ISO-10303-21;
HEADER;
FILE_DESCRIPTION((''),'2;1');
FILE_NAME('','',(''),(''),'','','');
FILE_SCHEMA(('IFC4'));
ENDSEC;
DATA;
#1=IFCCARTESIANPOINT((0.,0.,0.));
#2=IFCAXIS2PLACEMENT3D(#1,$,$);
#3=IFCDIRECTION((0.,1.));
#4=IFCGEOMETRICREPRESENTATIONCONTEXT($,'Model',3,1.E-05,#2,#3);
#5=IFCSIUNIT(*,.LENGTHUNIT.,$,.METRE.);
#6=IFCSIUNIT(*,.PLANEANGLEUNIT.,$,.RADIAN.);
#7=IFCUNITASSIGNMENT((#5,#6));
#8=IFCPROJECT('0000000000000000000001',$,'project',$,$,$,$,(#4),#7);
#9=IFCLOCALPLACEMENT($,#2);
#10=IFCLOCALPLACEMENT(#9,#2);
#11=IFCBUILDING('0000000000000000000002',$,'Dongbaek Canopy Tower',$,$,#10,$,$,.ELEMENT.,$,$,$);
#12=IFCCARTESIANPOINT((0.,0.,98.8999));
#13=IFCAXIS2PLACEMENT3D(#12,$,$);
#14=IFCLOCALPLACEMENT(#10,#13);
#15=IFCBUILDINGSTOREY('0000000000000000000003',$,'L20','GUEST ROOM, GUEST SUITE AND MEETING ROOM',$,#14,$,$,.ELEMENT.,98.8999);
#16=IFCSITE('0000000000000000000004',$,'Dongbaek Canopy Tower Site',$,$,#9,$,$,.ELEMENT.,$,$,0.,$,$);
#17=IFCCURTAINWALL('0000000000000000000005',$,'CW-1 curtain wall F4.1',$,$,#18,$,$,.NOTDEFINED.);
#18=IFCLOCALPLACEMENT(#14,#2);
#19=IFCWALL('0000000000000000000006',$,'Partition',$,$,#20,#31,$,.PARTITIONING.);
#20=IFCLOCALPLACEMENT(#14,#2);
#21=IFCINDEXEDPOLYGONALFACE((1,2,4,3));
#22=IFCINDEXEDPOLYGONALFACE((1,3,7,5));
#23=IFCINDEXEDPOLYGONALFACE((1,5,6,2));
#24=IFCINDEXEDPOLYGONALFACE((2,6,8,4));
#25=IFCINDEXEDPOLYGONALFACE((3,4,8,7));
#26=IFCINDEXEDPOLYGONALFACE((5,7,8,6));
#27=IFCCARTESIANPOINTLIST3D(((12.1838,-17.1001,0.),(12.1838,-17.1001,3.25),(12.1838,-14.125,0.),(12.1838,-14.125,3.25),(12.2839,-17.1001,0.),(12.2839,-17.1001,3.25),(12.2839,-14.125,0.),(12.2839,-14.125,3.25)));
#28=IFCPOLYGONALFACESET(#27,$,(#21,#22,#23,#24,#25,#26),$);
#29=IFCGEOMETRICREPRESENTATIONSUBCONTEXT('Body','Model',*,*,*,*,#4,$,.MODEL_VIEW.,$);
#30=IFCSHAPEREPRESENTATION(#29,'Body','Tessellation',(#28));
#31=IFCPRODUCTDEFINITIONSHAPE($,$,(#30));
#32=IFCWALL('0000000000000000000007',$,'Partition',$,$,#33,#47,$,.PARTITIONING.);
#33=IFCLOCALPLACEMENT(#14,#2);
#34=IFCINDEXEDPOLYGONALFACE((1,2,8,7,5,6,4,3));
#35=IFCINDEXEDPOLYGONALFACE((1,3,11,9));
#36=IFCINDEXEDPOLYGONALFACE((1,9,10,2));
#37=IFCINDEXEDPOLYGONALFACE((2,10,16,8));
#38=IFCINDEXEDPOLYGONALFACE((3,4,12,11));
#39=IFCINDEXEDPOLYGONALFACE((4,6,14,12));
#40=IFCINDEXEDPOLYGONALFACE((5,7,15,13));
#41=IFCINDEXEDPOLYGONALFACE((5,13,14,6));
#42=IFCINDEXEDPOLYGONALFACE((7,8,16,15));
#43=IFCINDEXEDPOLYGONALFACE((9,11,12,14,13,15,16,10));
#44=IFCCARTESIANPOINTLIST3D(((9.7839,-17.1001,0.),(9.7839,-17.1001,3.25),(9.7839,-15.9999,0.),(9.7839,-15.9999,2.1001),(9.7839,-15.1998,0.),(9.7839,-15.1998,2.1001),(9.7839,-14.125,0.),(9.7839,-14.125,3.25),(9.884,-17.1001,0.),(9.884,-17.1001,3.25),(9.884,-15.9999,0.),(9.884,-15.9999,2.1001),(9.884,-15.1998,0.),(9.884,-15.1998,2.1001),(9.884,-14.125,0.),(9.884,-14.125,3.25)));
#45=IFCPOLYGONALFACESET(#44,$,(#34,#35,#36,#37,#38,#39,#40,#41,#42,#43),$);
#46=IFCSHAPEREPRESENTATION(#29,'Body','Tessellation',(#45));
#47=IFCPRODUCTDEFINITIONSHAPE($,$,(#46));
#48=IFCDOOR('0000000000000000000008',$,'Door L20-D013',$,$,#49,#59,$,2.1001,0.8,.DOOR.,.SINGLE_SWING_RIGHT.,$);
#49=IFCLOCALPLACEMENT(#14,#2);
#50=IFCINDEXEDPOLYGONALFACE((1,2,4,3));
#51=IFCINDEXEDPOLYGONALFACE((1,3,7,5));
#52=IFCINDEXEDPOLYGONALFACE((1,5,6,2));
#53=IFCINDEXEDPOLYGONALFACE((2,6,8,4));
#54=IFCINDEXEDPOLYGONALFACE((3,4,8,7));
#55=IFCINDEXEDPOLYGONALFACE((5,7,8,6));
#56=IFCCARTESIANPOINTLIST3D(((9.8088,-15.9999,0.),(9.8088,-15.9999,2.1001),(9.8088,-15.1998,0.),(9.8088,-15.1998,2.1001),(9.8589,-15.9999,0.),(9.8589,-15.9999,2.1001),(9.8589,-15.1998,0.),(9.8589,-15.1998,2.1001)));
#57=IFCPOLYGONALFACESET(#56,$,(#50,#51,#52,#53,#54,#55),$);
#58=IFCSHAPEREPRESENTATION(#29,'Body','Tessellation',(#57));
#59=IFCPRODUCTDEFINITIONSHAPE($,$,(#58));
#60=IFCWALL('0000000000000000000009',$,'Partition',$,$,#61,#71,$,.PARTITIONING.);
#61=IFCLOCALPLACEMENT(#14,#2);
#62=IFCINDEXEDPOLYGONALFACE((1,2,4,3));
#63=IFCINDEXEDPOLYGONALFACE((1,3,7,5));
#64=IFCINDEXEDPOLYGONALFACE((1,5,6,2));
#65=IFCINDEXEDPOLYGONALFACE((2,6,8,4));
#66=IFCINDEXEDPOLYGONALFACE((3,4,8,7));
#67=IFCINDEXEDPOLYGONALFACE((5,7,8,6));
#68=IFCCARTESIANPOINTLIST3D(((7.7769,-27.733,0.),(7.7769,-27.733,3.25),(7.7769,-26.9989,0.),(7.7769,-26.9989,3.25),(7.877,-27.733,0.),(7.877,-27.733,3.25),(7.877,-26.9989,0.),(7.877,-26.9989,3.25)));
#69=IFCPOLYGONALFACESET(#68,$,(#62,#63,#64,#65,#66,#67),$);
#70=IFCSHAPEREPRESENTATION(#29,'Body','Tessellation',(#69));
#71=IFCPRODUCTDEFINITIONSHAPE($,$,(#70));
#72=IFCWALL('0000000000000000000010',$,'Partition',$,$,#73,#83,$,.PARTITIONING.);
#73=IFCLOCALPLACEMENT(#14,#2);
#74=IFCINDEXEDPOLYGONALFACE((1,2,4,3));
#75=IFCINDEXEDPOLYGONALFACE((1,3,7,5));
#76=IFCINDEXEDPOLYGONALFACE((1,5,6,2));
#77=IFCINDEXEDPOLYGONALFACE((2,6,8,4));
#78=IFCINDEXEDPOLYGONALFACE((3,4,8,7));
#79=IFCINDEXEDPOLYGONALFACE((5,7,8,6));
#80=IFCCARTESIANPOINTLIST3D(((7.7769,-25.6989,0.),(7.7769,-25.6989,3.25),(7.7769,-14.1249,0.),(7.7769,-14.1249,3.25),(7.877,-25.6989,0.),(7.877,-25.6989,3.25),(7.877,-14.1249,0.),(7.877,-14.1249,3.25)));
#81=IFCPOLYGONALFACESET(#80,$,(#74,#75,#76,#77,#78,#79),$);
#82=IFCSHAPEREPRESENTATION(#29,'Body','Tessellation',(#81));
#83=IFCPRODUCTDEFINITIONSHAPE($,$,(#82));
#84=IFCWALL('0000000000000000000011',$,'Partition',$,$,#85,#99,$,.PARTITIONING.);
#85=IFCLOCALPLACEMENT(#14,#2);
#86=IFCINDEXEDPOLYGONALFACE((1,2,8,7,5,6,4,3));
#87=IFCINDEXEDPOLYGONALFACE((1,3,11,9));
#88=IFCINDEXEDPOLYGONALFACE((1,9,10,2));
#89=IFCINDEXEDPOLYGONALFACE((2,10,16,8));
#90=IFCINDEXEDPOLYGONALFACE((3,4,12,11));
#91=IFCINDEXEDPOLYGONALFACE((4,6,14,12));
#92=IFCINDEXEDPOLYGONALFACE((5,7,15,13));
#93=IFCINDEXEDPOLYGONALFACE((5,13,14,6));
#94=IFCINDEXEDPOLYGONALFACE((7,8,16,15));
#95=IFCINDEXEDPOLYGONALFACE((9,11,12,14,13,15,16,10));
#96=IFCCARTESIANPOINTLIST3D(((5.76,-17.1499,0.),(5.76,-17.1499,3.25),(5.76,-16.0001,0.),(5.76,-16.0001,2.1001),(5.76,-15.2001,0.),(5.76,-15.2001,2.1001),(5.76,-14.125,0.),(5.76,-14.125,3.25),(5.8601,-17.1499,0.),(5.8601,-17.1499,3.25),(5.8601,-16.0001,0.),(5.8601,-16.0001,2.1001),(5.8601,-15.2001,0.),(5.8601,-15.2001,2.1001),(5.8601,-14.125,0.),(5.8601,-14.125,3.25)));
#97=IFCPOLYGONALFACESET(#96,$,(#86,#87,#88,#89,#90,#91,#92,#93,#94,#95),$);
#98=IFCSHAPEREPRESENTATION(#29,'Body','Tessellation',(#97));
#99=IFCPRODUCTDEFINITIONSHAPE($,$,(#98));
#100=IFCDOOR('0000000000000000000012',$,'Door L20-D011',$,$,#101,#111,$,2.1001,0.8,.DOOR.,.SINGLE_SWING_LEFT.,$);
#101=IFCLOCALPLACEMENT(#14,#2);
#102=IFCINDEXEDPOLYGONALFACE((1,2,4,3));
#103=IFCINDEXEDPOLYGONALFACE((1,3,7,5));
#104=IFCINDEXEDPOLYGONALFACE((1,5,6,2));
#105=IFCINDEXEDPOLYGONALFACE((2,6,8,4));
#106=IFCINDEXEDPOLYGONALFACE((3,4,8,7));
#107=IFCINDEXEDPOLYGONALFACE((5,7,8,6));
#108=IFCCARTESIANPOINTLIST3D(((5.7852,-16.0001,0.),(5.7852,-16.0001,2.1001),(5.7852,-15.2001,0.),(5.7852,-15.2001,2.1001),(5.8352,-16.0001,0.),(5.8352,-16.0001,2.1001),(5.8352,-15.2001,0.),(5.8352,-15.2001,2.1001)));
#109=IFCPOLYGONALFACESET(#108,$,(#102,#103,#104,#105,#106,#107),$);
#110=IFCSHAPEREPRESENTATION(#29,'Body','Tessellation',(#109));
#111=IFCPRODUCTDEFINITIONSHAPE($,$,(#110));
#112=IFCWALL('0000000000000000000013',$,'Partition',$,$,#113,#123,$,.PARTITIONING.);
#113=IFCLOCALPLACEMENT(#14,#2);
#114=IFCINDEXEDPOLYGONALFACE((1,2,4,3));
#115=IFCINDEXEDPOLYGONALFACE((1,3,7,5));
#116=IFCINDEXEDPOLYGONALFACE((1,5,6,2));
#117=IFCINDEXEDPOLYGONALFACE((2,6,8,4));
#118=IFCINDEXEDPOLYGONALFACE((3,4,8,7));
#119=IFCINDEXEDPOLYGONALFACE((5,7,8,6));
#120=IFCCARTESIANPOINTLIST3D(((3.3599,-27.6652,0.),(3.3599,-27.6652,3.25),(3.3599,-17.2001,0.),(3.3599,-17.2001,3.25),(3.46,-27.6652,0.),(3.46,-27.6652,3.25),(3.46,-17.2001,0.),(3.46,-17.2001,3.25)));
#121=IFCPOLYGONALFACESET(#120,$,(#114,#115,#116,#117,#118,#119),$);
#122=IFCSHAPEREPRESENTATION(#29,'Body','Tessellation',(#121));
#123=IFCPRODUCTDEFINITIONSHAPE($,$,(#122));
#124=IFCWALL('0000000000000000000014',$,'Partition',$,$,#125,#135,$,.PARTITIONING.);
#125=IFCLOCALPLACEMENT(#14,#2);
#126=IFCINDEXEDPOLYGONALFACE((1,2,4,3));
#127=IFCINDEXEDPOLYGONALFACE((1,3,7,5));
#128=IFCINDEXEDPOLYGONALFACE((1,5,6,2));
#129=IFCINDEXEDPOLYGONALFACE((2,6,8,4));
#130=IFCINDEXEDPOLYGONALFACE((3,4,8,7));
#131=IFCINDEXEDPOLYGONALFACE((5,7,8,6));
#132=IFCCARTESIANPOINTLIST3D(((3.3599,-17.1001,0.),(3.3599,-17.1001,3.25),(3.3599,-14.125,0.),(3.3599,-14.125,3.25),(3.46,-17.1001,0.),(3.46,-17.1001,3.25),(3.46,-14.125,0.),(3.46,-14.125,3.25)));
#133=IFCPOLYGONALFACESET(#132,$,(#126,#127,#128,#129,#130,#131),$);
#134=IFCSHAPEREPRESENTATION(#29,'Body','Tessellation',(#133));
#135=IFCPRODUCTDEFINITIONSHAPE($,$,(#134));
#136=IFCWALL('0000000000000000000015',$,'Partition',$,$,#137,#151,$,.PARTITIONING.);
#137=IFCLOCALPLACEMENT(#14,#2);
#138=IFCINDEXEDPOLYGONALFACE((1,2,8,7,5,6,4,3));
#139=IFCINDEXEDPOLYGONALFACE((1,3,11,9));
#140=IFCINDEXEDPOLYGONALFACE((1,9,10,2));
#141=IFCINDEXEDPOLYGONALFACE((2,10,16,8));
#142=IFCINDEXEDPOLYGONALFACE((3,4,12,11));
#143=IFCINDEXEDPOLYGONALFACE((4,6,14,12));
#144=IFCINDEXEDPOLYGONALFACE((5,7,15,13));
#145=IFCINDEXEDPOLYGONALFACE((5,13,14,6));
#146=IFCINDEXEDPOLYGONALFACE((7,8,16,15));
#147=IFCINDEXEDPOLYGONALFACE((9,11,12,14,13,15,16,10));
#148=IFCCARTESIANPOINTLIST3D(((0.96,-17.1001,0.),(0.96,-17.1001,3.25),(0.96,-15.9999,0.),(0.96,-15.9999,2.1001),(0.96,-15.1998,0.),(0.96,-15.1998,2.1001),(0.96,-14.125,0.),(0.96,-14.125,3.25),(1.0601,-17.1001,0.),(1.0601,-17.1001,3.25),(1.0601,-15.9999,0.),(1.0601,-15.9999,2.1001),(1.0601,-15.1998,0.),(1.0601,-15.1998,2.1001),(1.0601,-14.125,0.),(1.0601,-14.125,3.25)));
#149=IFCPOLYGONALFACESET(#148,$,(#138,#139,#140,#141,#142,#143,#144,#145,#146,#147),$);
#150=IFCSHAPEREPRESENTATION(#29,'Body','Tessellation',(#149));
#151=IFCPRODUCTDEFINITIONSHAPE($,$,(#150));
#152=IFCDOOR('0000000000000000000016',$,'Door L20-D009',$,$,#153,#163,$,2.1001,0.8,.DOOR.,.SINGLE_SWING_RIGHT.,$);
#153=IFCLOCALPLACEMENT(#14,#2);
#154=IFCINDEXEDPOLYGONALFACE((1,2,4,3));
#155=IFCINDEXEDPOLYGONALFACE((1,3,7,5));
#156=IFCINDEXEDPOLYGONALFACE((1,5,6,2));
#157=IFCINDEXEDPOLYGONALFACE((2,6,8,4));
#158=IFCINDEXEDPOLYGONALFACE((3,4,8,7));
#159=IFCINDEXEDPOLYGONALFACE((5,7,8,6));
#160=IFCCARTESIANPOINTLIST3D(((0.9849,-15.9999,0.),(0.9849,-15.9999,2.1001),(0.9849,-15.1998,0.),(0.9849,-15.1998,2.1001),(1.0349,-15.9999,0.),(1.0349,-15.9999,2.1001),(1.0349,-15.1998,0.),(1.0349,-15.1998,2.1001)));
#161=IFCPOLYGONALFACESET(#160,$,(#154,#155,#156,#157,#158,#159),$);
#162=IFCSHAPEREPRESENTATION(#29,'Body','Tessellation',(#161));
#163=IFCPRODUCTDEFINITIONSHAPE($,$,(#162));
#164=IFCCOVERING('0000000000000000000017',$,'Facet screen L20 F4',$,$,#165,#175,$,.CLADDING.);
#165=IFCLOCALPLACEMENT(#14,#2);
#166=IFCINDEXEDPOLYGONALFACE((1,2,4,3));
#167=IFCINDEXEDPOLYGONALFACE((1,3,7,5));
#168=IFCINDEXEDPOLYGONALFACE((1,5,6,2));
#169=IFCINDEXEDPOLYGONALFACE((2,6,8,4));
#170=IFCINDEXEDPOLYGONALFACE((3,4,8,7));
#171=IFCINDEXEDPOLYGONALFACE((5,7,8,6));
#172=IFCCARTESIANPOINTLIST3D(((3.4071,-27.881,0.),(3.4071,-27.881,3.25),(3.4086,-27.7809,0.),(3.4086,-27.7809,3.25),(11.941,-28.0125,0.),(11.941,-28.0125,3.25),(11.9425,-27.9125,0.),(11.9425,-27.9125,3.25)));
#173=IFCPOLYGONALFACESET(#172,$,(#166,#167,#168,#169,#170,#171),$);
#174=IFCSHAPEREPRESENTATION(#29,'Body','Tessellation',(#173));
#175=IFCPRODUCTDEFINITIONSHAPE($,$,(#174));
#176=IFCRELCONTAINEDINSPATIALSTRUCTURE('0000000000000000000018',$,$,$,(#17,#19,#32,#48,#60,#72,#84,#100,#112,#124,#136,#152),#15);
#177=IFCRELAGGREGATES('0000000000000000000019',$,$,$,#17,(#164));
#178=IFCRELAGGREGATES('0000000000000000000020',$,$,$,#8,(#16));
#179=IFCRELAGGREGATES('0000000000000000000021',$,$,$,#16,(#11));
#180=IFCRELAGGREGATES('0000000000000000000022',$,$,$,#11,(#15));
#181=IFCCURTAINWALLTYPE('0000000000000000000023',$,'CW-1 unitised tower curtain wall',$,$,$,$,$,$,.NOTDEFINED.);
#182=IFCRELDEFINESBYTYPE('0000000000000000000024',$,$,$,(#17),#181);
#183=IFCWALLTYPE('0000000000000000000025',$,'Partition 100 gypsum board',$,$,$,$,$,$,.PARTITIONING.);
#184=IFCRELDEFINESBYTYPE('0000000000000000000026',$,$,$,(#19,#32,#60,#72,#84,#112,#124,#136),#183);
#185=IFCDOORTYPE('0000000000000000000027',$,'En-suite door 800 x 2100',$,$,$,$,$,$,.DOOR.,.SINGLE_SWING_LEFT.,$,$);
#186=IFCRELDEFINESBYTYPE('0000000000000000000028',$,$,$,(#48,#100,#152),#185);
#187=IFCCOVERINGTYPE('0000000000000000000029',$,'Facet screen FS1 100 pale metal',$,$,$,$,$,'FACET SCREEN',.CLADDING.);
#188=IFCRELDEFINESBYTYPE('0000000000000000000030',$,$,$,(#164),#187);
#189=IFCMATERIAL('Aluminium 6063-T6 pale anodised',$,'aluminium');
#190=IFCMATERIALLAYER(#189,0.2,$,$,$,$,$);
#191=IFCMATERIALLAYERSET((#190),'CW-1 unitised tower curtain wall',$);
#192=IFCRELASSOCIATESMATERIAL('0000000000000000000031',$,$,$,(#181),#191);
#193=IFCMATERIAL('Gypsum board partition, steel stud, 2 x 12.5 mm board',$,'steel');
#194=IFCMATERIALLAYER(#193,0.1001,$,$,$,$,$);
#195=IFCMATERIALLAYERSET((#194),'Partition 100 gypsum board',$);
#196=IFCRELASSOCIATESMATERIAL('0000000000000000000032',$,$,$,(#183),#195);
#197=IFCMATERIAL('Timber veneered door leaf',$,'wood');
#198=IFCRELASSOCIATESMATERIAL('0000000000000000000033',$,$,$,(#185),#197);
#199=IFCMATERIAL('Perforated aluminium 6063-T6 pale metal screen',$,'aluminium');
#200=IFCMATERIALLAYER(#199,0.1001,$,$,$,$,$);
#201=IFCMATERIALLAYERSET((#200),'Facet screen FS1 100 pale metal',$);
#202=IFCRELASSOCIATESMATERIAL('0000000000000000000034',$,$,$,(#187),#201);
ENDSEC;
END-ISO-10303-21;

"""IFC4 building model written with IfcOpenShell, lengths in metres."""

from ifc_helpers import new_model, si_unit, direction, frame, frame_2d, origin, origin_2d, place, context, subcontext, project, spatial, rectangle, extrude, material, layer, layer_set, type_object, element, fill, aggregate, save


model = new_model("IFC4")

# Units and contexts
model_context = context("Model", 3, precision=1e-05, world=origin(), true_north=direction((0.0, 1.0)))
body_context = subcontext(model_context, "Body", "Model", "MODEL_VIEW")
ifc_project = project(units=[si_unit("LENGTHUNIT", "METRE"), si_unit("PLANEANGLEUNIT", "RADIAN")], contexts=[model_context])

# Site, building, storey
site_placement = place(None, origin())
site = spatial("IfcSite", under=ifc_project, at=site_placement, Name="Dongbaek Canopy Tower Site", CompositionType="ELEMENT", RefElevation=0.0)
building_placement = place(site_placement, origin())
building = spatial("IfcBuilding", under=site, at=building_placement, Name="Dongbaek Canopy Tower", CompositionType="ELEMENT")
storey_placement = place(building_placement, frame((0.0, 0.0, 98.8999)))
storey = spatial("IfcBuildingStorey", under=building, at=storey_placement, Name="L20", Description="GUEST ROOM, GUEST SUITE AND MEETING ROOM", CompositionType="ELEMENT", Elevation=98.8999)

# Curtain wall
ifc_material_1 = material(Name="Aluminium 6063-T6 pale anodised", Category="aluminium")
ifc_layer_1 = layer(ifc_material_1, 0.2)
ifc_layer_set_1 = layer_set([ifc_layer_1], Name="CW-1 unitised tower curtain wall")
curtain_wall_type = type_object("IfcCurtainWallType", Name="CW-1 unitised tower curtain wall", PredefinedType="NOTDEFINED", material=ifc_layer_set_1)
curtain_wall_placement = place(storey_placement, origin())
curtain_wall = element("IfcCurtainWall", 1, at=curtain_wall_placement, inside=storey, type_object=curtain_wall_type, Name="CW-1 curtain wall F4.1", PredefinedType="NOTDEFINED")

# Wall
ifc_material_2 = material(Name="Gypsum board partition, steel stud, 2 x 12.5 mm board", Category="steel")
ifc_layer_2 = layer(ifc_material_2, 0.1001)
ifc_layer_set_2 = layer_set([ifc_layer_2], Name="Partition 100 gypsum board")
wall_type_1 = type_object("IfcWallType", Name="Partition 100 gypsum board", PredefinedType="PARTITIONING", material=ifc_layer_set_2)
wall_1_placement = place(storey_placement, frame((12.2339, -17.1001, 0.0), z_axis=(0.0, 0.0, 1.0), x_axis=(0.0, 1.0, 0.0)))
element("IfcWall", 2, at=wall_1_placement, inside=storey, type_object=wall_type_1, Name="Partition", PredefinedType="PARTITIONING", context=body_context, shape_type="SweptSolid", body=[
    extrude(rectangle(XDim=2.9751, YDim=0.1001, at=frame_2d((1.4875, 0.0))), origin(), (0.0, 0.0, 1.0), 3.25),
])

# Wall, opening, door
wall_2_placement = place(storey_placement, frame((9.834, -14.125, 0.0), z_axis=(0.0, 0.0, 1.0), x_axis=(0.0, -1.0, 0.0)))
wall_2 = element("IfcWall", 3, at=wall_2_placement, inside=storey, type_object=wall_type_1, Name="Partition", PredefinedType="PARTITIONING", context=body_context, shape_type="SweptSolid", body=[
    extrude(rectangle(XDim=2.9751, YDim=0.1001, at=frame_2d((1.4875, 0.0))), origin(), (0.0, 0.0, 1.0), 3.25),
])
opening_1_placement = place(wall_2_placement, frame((1.075, 0.0, 0.0)))
opening_1 = element("IfcOpeningElement", 4, at=opening_1_placement, cuts=wall_2, PredefinedType="OPENING", context=body_context, shape_type="SweptSolid", body=[
    extrude(rectangle(XDim=0.8, YDim=2.1001, at=frame_2d((0.3999, 1.05))), frame((0.0, 0.0601, 0.0), z_axis=(0.0, -1.0, 0.0), x_axis=(1.0, 0.0, 0.0)), (0.0, 0.0, 1.0), 0.1201),
])
ifc_material_3 = material(Name="Timber veneered door leaf", Category="wood")
door_type = type_object("IfcDoorType", Name="En-suite door 800 x 2100", OperationType="SINGLE_SWING_LEFT", PredefinedType="DOOR", material=ifc_material_3)
door_1_placement = place(opening_1_placement, origin())
door_1 = element("IfcDoor", 5, at=door_1_placement, inside=storey, type_object=door_type, Name="Door L20-D013", OperationType="SINGLE_SWING_RIGHT", OverallHeight=2.1001, OverallWidth=0.8, PredefinedType="DOOR", context=body_context, shape_type="SweptSolid", body=[
    extrude(rectangle(XDim=0.8, YDim=2.1001, at=frame_2d((0.3999, 1.05))), frame((0.0, 0.0249, 0.0), z_axis=(0.0, -1.0, 0.0), x_axis=(1.0, 0.0, 0.0)), (0.0, 0.0, 1.0), 0.05),
])
fill(opening_1, door_1)

# Walls
wall_3_placement = place(storey_placement, frame((7.8269, -27.7332, 0.0), z_axis=(0.0, 0.0, 1.0), x_axis=(0.0, 1.0, 0.0)))
element("IfcWall", 6, at=wall_3_placement, inside=storey, type_object=wall_type_1, Name="Partition", PredefinedType="PARTITIONING", context=body_context, shape_type="SweptSolid", body=[
    extrude(rectangle(XDim=0.7341, YDim=0.1001, at=frame_2d((0.3672, 0.0))), origin(), (0.0, 0.0, 1.0), 3.25),
])
wall_4_placement = place(storey_placement, frame((7.8269, -25.699, 0.0), z_axis=(0.0, 0.0, 1.0), x_axis=(0.0, 1.0, 0.0)))
element("IfcWall", 7, at=wall_4_placement, inside=storey, type_object=wall_type_1, Name="Partition", PredefinedType="PARTITIONING", context=body_context, shape_type="SweptSolid", body=[
    extrude(rectangle(XDim=11.574, YDim=0.1001, at=frame_2d((5.7871, 0.0))), origin(), (0.0, 0.0, 1.0), 3.25),
])

# Wall, opening, door
wall_5_placement = place(storey_placement, frame((5.8101, -17.1499, 0.0), z_axis=(0.0, 0.0, 1.0), x_axis=(0.0, 1.0, 0.0)))
wall_5 = element("IfcWall", 8, at=wall_5_placement, inside=storey, type_object=wall_type_1, Name="Partition", PredefinedType="PARTITIONING", context=body_context, shape_type="SweptSolid", body=[
    extrude(rectangle(XDim=3.0249, YDim=0.1001, at=frame_2d((1.5125, 0.0))), origin(), (0.0, 0.0, 1.0), 3.25),
])
opening_2_placement = place(wall_5_placement, frame((1.1499, 0.0, 0.0)))
opening_2 = element("IfcOpeningElement", 9, at=opening_2_placement, cuts=wall_5, PredefinedType="OPENING", context=body_context, shape_type="SweptSolid", body=[
    extrude(rectangle(XDim=0.8, YDim=2.1001, at=frame_2d((0.3999, 1.05))), frame((0.0, 0.0601, 0.0), z_axis=(0.0, -1.0, 0.0), x_axis=(1.0, 0.0, 0.0)), (0.0, 0.0, 1.0), 0.1201),
])
door_2_placement = place(opening_2_placement, origin())
door_2 = element("IfcDoor", 10, at=door_2_placement, inside=storey, type_object=door_type, Name="Door L20-D011", OperationType="SINGLE_SWING_LEFT", OverallHeight=2.1001, OverallWidth=0.8, PredefinedType="DOOR", context=body_context, shape_type="SweptSolid", body=[
    extrude(rectangle(XDim=0.8, YDim=2.1001, at=frame_2d((0.3999, 1.05))), frame((0.0, 0.0249, 0.0), z_axis=(0.0, -1.0, 0.0), x_axis=(1.0, 0.0, 0.0)), (0.0, 0.0, 1.0), 0.05),
])
fill(opening_2, door_2)

# Walls
wall_6_placement = place(storey_placement, frame((3.4099, -27.665, 0.0), z_axis=(0.0, 0.0, 1.0), x_axis=(0.0, 1.0, 0.0)))
element("IfcWall", 11, at=wall_6_placement, inside=storey, type_object=wall_type_1, Name="Partition", PredefinedType="PARTITIONING", context=body_context, shape_type="SweptSolid", body=[
    extrude(rectangle(XDim=10.4651, YDim=0.1001, at=frame_2d((5.2324, 0.0))), origin(), (0.0, 0.0, 1.0), 3.25),
])
wall_7_placement = place(storey_placement, frame((3.4099, -17.1001, 0.0), z_axis=(0.0, 0.0, 1.0), x_axis=(0.0, 1.0, 0.0)))
element("IfcWall", 12, at=wall_7_placement, inside=storey, type_object=wall_type_1, Name="Partition", PredefinedType="PARTITIONING", context=body_context, shape_type="SweptSolid", body=[
    extrude(rectangle(XDim=2.9751, YDim=0.1001, at=frame_2d((1.4875, 0.0))), origin(), (0.0, 0.0, 1.0), 3.25),
])

# Wall, opening, door
wall_8_placement = place(storey_placement, frame((1.01, -14.125, 0.0), z_axis=(0.0, 0.0, 1.0), x_axis=(0.0, -1.0, 0.0)))
wall_8 = element("IfcWall", 13, at=wall_8_placement, inside=storey, type_object=wall_type_1, Name="Partition", PredefinedType="PARTITIONING", context=body_context, shape_type="SweptSolid", body=[
    extrude(rectangle(XDim=2.9751, YDim=0.1001, at=frame_2d((1.4875, 0.0))), origin(), (0.0, 0.0, 1.0), 3.25),
])
opening_3_placement = place(wall_8_placement, frame((1.075, 0.0, 0.0)))
opening_3 = element("IfcOpeningElement", 14, at=opening_3_placement, cuts=wall_8, PredefinedType="OPENING", context=body_context, shape_type="SweptSolid", body=[
    extrude(rectangle(XDim=0.8, YDim=2.1001, at=frame_2d((0.3999, 1.05))), frame((0.0, 0.0601, 0.0), z_axis=(0.0, -1.0, 0.0), x_axis=(1.0, 0.0, 0.0)), (0.0, 0.0, 1.0), 0.1201),
])
door_3_placement = place(opening_3_placement, origin())
door_3 = element("IfcDoor", 15, at=door_3_placement, inside=storey, type_object=door_type, Name="Door L20-D009", OperationType="SINGLE_SWING_RIGHT", OverallHeight=2.1001, OverallWidth=0.8, PredefinedType="DOOR", context=body_context, shape_type="SweptSolid", body=[
    extrude(rectangle(XDim=0.8, YDim=2.1001, at=frame_2d((0.3999, 1.05))), frame((0.0, 0.0249, 0.0), z_axis=(0.0, -1.0, 0.0), x_axis=(1.0, 0.0, 0.0)), (0.0, 0.0, 1.0), 0.05),
])
fill(opening_3, door_3)

# Covering
ifc_material_4 = material(Name="Perforated aluminium 6063-T6 pale metal screen", Category="aluminium")
ifc_layer_3 = layer(ifc_material_4, 0.1001)
ifc_layer_set_3 = layer_set([ifc_layer_3], Name="Facet screen FS1 100 pale metal")
covering_type_1 = type_object("IfcCoveringType", Name="Facet screen FS1 100 pale metal", ElementType="FACET SCREEN", PredefinedType="CLADDING", material=ifc_layer_set_3)
covering_1_placement = place(storey_placement, frame((7.6748, -27.8967, 0.0), z_axis=(0.0, 0.0, 1.0), x_axis=(0.999881, -0.015412, 0.0)))
covering_1 = element("IfcCovering", 16, at=covering_1_placement, type_object=covering_type_1, Name="Facet screen L20 F4", PredefinedType="CLADDING", context=body_context, shape_type="SweptSolid", body=[
    extrude(rectangle(XDim=8.5349, YDim=0.1001, at=origin_2d()), origin(), (0.0, 0.0, 1.0), 3.25),
])
aggregate(curtain_wall, [covering_1])

save(model, "model.ifc")
